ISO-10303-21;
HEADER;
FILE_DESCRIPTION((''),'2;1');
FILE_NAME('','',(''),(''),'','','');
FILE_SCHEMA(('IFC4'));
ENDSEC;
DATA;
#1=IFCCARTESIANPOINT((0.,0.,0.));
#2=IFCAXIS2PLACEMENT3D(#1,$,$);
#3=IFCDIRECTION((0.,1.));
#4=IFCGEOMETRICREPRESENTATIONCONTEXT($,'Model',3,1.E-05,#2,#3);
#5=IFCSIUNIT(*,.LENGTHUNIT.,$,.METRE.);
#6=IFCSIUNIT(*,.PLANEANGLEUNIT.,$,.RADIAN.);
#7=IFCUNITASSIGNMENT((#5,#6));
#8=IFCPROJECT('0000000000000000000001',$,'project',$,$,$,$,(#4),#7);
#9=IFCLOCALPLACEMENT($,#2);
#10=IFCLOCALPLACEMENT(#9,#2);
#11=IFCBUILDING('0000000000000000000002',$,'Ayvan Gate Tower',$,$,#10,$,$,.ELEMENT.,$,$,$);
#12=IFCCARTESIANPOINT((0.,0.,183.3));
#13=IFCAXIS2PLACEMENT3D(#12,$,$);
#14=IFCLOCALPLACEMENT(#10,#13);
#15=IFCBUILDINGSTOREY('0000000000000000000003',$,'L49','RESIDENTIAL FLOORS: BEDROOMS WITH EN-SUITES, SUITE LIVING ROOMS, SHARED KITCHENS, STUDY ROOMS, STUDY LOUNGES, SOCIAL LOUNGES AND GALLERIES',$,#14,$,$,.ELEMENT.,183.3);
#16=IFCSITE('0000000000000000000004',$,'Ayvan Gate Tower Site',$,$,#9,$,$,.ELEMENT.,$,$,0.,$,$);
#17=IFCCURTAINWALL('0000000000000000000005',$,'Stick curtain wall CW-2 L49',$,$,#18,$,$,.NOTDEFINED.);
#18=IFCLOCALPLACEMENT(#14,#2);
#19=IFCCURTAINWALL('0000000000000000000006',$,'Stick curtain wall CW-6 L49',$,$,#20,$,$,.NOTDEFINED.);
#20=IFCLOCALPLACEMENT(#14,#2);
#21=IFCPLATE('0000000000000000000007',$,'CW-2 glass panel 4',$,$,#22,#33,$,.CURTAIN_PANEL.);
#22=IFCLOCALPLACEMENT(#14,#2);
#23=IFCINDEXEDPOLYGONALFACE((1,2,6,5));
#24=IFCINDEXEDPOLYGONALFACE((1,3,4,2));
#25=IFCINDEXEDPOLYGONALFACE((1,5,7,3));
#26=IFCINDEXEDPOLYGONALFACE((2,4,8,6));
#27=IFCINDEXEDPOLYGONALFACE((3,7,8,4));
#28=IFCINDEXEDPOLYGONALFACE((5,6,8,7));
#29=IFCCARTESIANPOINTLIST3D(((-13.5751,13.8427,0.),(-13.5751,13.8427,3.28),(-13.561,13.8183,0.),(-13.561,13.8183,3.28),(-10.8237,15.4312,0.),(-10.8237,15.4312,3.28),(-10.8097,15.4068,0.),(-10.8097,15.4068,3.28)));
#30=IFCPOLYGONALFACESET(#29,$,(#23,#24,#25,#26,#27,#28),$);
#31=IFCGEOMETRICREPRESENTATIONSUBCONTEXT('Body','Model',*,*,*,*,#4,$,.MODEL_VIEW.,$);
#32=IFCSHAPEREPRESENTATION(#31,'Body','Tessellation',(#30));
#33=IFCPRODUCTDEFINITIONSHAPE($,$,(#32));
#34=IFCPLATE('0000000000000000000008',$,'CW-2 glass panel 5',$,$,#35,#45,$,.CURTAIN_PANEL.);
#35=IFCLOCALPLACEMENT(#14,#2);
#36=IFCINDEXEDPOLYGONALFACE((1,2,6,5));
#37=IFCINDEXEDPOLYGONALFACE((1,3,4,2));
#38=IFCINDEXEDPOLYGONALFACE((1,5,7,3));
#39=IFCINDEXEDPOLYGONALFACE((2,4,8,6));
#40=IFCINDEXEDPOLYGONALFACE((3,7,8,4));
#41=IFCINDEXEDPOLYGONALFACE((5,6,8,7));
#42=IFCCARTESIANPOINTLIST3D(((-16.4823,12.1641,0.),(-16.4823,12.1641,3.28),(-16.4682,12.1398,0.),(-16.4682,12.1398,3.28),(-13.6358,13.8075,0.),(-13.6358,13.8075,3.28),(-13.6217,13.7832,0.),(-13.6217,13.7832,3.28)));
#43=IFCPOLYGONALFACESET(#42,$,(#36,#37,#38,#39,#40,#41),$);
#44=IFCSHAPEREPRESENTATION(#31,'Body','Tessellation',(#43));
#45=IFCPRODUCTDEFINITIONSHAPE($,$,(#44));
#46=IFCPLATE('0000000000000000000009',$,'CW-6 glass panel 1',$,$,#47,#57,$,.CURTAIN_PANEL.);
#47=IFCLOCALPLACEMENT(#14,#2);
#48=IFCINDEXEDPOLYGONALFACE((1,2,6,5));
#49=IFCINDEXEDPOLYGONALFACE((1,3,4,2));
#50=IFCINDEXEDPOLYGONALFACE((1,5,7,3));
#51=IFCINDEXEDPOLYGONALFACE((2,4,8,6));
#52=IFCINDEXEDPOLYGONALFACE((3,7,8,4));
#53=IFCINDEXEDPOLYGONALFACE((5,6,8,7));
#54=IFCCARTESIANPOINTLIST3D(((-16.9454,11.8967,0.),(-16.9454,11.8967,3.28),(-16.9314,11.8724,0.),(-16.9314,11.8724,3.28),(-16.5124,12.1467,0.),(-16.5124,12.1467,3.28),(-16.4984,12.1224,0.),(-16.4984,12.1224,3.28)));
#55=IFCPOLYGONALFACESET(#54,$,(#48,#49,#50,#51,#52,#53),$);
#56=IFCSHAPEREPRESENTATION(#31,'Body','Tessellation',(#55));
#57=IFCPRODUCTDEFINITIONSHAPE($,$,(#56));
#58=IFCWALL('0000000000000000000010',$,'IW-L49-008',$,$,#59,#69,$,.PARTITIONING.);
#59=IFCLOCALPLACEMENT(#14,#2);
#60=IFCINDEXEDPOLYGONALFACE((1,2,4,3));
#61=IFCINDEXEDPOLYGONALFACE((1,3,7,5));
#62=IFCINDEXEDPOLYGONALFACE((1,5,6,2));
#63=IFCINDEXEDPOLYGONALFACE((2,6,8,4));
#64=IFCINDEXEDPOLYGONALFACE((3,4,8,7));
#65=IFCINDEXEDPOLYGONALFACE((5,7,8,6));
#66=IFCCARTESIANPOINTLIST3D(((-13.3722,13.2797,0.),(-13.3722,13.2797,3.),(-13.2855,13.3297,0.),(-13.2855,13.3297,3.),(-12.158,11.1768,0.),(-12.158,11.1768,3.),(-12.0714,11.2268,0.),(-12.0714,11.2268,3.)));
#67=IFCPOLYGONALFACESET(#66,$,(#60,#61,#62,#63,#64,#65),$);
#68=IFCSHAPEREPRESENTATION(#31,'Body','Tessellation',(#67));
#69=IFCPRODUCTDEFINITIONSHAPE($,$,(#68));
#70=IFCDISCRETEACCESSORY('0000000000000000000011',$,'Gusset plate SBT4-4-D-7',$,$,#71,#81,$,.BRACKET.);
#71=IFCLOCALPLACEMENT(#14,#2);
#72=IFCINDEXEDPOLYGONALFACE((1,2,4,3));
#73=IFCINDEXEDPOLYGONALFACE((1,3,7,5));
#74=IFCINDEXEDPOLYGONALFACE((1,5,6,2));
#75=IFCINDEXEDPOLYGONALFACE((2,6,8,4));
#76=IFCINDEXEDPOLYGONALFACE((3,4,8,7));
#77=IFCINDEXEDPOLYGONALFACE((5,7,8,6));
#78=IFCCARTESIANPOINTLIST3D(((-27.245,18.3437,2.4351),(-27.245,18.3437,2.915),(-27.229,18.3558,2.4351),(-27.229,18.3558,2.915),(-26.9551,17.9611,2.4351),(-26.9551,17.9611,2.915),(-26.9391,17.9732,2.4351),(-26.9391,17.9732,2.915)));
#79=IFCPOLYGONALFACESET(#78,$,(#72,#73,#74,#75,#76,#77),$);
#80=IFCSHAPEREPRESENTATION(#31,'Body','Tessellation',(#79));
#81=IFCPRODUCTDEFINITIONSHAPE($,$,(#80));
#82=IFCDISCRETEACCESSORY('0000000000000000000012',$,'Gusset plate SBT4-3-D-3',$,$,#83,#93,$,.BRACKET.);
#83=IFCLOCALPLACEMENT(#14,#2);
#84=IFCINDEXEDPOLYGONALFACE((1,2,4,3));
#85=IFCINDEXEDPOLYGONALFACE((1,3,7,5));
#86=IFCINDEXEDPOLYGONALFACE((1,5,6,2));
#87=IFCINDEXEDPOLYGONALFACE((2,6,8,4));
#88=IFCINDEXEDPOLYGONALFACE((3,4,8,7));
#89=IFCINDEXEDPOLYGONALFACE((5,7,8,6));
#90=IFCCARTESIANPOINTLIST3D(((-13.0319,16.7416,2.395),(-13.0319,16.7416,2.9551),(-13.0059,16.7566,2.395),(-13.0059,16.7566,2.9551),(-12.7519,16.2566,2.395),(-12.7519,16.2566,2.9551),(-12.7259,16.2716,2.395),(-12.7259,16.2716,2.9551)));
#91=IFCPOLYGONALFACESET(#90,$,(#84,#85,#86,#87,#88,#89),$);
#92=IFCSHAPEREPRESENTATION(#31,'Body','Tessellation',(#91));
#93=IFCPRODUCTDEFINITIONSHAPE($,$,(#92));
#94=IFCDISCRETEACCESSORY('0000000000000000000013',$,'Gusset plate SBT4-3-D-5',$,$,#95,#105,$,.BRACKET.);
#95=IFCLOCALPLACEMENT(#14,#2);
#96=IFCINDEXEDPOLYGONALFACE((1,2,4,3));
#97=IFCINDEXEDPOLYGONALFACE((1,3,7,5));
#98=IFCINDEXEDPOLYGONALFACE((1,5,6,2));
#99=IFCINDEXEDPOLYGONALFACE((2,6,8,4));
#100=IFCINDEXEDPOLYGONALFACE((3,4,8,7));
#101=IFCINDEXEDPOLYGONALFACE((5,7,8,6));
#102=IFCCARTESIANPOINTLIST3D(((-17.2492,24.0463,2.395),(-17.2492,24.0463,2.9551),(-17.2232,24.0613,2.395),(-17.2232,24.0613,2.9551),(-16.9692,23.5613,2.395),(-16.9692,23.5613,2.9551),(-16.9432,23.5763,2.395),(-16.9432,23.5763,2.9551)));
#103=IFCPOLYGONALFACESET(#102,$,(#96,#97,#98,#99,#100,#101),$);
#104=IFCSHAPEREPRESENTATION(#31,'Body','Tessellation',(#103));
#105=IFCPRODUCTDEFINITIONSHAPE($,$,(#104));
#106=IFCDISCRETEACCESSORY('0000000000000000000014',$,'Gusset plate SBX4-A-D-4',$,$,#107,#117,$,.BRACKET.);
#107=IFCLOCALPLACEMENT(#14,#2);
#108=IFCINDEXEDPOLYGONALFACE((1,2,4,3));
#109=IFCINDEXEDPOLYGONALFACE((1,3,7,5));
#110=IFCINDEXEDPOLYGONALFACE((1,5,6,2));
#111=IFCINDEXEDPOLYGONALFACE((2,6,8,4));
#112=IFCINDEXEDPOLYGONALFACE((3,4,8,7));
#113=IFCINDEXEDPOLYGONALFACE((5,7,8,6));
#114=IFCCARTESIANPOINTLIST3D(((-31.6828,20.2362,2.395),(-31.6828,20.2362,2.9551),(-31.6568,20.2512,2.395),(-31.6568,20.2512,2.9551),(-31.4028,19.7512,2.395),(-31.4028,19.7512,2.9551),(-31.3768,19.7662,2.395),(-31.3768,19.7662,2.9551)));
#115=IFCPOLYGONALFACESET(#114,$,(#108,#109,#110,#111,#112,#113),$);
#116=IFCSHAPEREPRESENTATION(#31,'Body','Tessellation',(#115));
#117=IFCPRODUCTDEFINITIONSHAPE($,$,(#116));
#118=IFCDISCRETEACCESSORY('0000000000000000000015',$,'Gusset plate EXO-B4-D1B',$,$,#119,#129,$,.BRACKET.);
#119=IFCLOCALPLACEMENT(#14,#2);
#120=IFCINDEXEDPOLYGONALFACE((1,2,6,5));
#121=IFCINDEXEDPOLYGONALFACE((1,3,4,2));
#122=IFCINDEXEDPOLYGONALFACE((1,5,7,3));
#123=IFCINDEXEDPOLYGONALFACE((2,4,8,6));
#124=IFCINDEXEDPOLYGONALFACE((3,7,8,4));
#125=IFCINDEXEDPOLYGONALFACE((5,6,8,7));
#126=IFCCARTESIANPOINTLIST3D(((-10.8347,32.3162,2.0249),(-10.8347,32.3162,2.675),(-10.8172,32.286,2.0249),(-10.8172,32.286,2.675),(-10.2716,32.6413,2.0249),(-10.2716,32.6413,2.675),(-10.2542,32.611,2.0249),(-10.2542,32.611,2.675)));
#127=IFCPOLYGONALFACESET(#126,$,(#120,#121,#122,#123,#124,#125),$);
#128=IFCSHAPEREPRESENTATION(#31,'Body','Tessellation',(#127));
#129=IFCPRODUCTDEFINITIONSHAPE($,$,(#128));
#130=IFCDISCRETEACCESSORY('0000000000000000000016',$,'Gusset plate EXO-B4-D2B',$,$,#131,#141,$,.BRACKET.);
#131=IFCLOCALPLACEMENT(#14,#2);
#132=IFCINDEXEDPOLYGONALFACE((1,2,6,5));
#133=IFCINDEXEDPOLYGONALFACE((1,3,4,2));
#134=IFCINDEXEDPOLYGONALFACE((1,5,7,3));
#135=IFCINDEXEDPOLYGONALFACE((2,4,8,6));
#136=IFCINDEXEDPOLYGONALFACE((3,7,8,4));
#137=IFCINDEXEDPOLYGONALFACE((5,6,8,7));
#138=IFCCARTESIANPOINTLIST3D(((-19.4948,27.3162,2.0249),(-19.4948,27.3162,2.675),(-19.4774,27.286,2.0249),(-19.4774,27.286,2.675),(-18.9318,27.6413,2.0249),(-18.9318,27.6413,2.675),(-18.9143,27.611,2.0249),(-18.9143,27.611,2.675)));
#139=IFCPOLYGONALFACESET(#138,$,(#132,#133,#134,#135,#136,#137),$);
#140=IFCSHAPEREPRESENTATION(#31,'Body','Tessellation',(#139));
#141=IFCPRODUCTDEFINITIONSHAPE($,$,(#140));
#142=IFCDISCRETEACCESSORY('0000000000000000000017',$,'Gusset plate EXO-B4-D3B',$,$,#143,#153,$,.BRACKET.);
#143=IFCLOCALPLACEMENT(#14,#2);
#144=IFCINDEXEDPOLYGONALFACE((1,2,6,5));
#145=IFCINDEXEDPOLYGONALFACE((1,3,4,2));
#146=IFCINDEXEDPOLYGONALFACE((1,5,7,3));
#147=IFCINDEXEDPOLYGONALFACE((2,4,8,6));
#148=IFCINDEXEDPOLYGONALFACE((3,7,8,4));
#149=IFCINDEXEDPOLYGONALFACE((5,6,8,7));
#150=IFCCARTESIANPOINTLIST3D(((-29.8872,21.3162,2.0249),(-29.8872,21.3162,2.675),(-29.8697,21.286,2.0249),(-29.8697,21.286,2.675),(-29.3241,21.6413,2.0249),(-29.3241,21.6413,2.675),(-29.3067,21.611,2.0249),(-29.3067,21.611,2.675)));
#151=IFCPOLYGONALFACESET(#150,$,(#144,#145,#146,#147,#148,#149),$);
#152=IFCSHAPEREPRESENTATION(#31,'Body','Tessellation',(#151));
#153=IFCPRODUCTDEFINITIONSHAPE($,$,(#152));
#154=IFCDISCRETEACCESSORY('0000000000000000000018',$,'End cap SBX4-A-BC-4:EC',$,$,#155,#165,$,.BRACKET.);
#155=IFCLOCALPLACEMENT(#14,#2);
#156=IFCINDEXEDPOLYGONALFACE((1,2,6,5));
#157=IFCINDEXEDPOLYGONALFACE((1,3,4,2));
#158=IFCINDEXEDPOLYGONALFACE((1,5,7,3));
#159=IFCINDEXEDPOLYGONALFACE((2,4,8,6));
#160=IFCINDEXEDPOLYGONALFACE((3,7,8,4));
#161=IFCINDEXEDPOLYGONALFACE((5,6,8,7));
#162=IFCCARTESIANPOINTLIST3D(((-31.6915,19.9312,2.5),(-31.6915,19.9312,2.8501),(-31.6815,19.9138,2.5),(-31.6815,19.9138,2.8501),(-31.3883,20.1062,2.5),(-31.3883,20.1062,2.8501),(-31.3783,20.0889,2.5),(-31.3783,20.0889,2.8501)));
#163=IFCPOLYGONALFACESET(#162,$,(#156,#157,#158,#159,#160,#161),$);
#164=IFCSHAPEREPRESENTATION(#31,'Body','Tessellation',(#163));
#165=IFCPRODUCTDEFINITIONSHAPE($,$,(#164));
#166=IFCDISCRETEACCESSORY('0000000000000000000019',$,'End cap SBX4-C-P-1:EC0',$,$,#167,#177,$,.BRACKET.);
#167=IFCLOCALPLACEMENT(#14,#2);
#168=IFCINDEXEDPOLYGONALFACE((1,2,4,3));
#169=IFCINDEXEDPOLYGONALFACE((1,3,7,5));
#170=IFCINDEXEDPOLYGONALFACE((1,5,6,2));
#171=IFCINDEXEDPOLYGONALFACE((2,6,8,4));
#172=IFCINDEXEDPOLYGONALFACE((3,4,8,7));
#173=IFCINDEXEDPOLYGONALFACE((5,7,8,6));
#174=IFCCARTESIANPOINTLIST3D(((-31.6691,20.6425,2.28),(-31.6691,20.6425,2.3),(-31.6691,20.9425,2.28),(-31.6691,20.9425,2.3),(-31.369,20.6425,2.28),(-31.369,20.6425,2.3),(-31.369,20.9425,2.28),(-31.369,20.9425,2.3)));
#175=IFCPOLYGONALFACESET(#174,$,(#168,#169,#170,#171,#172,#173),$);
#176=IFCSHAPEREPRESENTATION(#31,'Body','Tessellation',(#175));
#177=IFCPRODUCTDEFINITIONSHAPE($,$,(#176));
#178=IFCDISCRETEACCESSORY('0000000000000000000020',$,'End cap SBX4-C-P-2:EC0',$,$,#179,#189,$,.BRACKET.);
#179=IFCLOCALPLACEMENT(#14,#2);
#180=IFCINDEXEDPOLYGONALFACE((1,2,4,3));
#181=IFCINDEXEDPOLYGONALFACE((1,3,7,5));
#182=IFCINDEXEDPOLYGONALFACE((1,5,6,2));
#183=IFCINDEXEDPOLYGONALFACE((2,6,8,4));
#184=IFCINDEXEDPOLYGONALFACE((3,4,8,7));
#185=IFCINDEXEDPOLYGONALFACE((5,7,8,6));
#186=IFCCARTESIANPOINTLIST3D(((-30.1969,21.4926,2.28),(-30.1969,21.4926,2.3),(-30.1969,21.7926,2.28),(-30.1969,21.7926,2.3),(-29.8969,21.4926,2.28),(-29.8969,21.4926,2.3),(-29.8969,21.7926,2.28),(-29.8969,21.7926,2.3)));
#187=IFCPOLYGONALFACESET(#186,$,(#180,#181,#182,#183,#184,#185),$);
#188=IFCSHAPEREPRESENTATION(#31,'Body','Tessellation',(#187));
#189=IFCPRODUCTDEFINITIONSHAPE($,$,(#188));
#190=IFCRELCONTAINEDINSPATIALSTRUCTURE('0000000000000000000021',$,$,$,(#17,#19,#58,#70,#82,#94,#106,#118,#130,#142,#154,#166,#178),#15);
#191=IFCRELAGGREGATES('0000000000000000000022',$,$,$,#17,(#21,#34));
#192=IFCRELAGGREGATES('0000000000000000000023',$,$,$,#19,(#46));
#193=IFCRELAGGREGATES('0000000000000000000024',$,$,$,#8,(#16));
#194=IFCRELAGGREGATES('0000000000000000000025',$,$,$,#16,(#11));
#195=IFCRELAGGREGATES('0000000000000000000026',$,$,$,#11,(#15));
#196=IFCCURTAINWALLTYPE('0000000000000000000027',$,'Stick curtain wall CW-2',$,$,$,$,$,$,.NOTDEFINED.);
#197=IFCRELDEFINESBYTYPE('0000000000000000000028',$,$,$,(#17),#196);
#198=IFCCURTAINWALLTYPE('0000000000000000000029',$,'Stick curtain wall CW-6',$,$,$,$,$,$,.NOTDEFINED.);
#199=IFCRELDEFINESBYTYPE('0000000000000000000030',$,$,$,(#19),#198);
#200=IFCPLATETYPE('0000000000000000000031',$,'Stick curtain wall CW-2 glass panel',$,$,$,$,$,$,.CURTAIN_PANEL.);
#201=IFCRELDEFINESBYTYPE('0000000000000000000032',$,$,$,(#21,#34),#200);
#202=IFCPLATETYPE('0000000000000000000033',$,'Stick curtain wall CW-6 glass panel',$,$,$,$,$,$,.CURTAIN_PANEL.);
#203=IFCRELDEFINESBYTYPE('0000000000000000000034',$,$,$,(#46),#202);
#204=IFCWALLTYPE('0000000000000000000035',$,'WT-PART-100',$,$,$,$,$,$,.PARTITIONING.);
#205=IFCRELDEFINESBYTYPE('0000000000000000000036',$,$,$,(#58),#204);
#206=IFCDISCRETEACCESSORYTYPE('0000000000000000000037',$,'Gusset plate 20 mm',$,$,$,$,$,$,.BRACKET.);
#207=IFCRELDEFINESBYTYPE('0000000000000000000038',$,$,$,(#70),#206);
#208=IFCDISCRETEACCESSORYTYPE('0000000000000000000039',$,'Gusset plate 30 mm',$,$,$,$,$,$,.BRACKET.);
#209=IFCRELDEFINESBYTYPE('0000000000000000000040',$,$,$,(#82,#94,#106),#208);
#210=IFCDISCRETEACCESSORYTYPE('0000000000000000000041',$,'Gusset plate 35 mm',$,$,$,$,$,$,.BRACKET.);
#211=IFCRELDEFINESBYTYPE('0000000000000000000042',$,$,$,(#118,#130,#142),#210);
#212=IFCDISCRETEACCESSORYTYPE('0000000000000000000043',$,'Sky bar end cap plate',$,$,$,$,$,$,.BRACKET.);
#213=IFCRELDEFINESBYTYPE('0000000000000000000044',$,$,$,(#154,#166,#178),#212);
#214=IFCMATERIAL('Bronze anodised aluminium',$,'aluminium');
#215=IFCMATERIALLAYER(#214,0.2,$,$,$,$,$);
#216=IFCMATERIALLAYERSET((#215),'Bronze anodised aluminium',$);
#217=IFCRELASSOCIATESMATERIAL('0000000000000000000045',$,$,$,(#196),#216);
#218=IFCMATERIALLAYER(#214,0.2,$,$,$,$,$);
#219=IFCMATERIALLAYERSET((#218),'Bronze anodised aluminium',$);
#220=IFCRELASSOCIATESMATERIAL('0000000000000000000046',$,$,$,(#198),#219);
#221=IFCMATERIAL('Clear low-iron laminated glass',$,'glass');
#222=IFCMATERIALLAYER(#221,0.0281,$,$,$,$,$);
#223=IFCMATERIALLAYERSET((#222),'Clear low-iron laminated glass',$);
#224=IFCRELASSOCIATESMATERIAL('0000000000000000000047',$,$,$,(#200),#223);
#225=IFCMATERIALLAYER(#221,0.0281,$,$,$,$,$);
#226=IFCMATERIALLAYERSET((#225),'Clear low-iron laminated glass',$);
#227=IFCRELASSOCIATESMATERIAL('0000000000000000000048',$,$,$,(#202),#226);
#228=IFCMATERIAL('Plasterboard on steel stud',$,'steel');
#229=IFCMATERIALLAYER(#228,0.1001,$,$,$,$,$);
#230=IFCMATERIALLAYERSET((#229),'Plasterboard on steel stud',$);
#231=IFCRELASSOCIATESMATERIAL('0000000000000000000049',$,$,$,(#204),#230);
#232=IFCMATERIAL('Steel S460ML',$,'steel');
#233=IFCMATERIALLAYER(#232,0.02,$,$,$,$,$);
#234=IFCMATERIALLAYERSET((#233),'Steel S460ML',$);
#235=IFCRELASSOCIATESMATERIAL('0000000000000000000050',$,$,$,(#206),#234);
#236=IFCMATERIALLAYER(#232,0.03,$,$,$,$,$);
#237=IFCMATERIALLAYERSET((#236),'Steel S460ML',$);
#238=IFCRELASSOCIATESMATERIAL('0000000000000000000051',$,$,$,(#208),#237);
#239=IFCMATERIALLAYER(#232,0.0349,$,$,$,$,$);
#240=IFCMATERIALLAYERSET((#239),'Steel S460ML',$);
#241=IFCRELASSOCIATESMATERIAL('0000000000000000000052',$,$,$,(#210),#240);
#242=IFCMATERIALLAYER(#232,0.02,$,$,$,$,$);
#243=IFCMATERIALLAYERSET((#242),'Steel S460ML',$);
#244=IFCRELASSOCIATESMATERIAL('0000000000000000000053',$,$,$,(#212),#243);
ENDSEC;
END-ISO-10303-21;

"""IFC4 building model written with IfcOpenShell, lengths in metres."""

from ifc_helpers import new_model, si_unit, direction, frame, frame_2d, origin, origin_2d, place, context, subcontext, project, spatial, rectangle, extrude, material, layer, layer_set, type_object, element, aggregate, save


model = new_model("IFC4")

# Units and contexts
model_context = context("Model", 3, precision=1e-05, world=origin(), true_north=direction((0.0, 1.0)))
body_context = subcontext(model_context, "Body", "Model", "MODEL_VIEW")
ifc_project = project(units=[si_unit("LENGTHUNIT", "METRE"), si_unit("PLANEANGLEUNIT", "RADIAN")], contexts=[model_context])

# Site, building, storey
site_placement = place(None, origin())
site = spatial("IfcSite", under=ifc_project, at=site_placement, Name="Ayvan Gate Tower Site", CompositionType="ELEMENT", RefElevation=0.0)
building_placement = place(site_placement, origin())
building = spatial("IfcBuilding", under=site, at=building_placement, Name="Ayvan Gate Tower", CompositionType="ELEMENT")
storey_placement = place(building_placement, frame((0.0, 0.0, 183.3)))
storey = spatial("IfcBuildingStorey", under=building, at=storey_placement, Name="L49", Description="RESIDENTIAL FLOORS: BEDROOMS WITH EN-SUITES, SUITE LIVING ROOMS, SHARED KITCHENS, STUDY ROOMS, STUDY LOUNGES, SOCIAL LOUNGES AND GALLERIES", CompositionType="ELEMENT", Elevation=183.3)

# Curtain wall
ifc_material_1 = material(Name="Bronze anodised aluminium", Category="aluminium")
ifc_layer_1 = layer(ifc_material_1, 0.2)
ifc_layer_set_1 = layer_set([ifc_layer_1], Name="Bronze anodised aluminium")
curtain_wall_type_1 = type_object("IfcCurtainWallType", Name="Stick curtain wall CW-2", PredefinedType="NOTDEFINED", material=ifc_layer_set_1)
curtain_wall_1_placement = place(storey_placement, origin())
curtain_wall_1 = element("IfcCurtainWall", 1, at=curtain_wall_1_placement, inside=storey, type_object=curtain_wall_type_1, Name="Stick curtain wall CW-2 L49", PredefinedType="NOTDEFINED")

# Curtain wall
ifc_layer_2 = layer(ifc_material_1, 0.2)
ifc_layer_set_2 = layer_set([ifc_layer_2], Name="Bronze anodised aluminium")
curtain_wall_type_2 = type_object("IfcCurtainWallType", Name="Stick curtain wall CW-6", PredefinedType="NOTDEFINED", material=ifc_layer_set_2)
curtain_wall_2_placement = place(storey_placement, origin())
curtain_wall_2 = element("IfcCurtainWall", 2, at=curtain_wall_2_placement, inside=storey, type_object=curtain_wall_type_2, Name="Stick curtain wall CW-6 L49", PredefinedType="NOTDEFINED")

# Plates
ifc_material_2 = material(Name="Clear low-iron laminated glass", Category="glass")
ifc_layer_3 = layer(ifc_material_2, 0.0281)
ifc_layer_set_3 = layer_set([ifc_layer_3], Name="Clear low-iron laminated glass")
plate_type_1 = type_object("IfcPlateType", Name="Stick curtain wall CW-2 glass panel", PredefinedType="CURTAIN_PANEL", material=ifc_layer_set_3)
plate_1_placement = place(storey_placement, frame((-12.1924, 14.6248, 0.0), z_axis=(0.0, 0.0, 1.0), x_axis=(-0.866025, -0.5, 0.0)))
plate_1 = element("IfcPlate", 3, at=plate_1_placement, type_object=plate_type_1, Name="CW-2 glass panel 4", PredefinedType="CURTAIN_PANEL", context=body_context, shape_type="SweptSolid", body=[
    extrude(rectangle(XDim=3.177, YDim=0.0281, at=origin_2d()), origin(), (0.0, 0.0, 1.0), 3.28),
])
plate_2_placement = place(storey_placement, frame((-15.052, 12.9736, 0.0), z_axis=(0.0, 0.0, 1.0), x_axis=(-0.866025, -0.5, 0.0)))
plate_2 = element("IfcPlate", 4, at=plate_2_placement, type_object=plate_type_1, Name="CW-2 glass panel 5", PredefinedType="CURTAIN_PANEL", context=body_context, shape_type="SweptSolid", body=[
    extrude(rectangle(XDim=3.2869, YDim=0.0281, at=origin_2d()), origin(), (0.0, 0.0, 1.0), 3.28),
])
aggregate(curtain_wall_1, [plate_1, plate_2])
ifc_layer_4 = layer(ifc_material_2, 0.0281)
ifc_layer_set_4 = layer_set([ifc_layer_4], Name="Clear low-iron laminated glass")
plate_type_2 = type_object("IfcPlateType", Name="Stick curtain wall CW-6 glass panel", PredefinedType="CURTAIN_PANEL", material=ifc_layer_set_4)
plate_3_placement = place(storey_placement, frame((-16.7219, 12.0095, 0.0), z_axis=(0.0, 0.0, 1.0), x_axis=(-0.866025, -0.5, 0.0)))
plate_3 = element("IfcPlate", 5, at=plate_3_placement, type_object=plate_type_2, Name="CW-6 glass panel 1", PredefinedType="CURTAIN_PANEL", context=body_context, shape_type="SweptSolid", body=[
    extrude(rectangle(XDim=0.5, YDim=0.0281, at=origin_2d()), origin(), (0.0, 0.0, 1.0), 3.28),
])
aggregate(curtain_wall_2, [plate_3])

# Wall
ifc_material_3 = material(Name="Plasterboard on steel stud", Category="steel")
ifc_layer_5 = layer(ifc_material_3, 0.1001)
ifc_layer_set_5 = layer_set([ifc_layer_5], Name="Plasterboard on steel stud")
wall_type = type_object("IfcWallType", Name="WT-PART-100", PredefinedType="PARTITIONING", material=ifc_layer_set_5)
wall_placement = place(storey_placement, frame((-13.3289, 13.3047, 0.0), z_axis=(0.0, 0.0, 1.0), x_axis=(0.500021, -0.866013, 0.0)))
element("IfcWall", 6, at=wall_placement, inside=storey, type_object=wall_type, Name="IW-L49-008", PredefinedType="PARTITIONING", context=body_context, shape_type="SweptSolid", body=[
    extrude(rectangle(XDim=2.4282, YDim=0.1001, at=frame_2d((1.2141, 0.0))), origin(), (0.0, 0.0, 1.0), 3.0),
])

# Discrete accessories
ifc_material_4 = material(Name="Steel S460ML", Category="steel")
ifc_layer_6 = layer(ifc_material_4, 0.02)
ifc_layer_set_6 = layer_set([ifc_layer_6], Name="Steel S460ML")
discrete_accessory_type_1 = type_object("IfcDiscreteAccessoryType", Name="Gusset plate 20 mm", PredefinedType="BRACKET", material=ifc_layer_set_6)
discrete_accessory_1_placement = place(storey_placement, frame((-27.092, 18.1584, 2.4351), z_axis=(0.0, 0.0, 1.0), x_axis=(-0.604022, 0.796968, 0.0)))
element("IfcDiscreteAccessory", 7, at=discrete_accessory_1_placement, inside=storey, type_object=discrete_accessory_type_1, Name="Gusset plate SBT4-4-D-7", PredefinedType="BRACKET", context=body_context, shape_type="SweptSolid", body=[
    extrude(rectangle(XDim=0.48, YDim=0.02, at=origin_2d()), origin(), (0.0, 0.0, 1.0), 0.48),
])
ifc_layer_7 = layer(ifc_material_4, 0.03)
ifc_layer_set_7 = layer_set([ifc_layer_7], Name="Steel S460ML")
discrete_accessory_type_2 = type_object("IfcDiscreteAccessoryType", Name="Gusset plate 30 mm", PredefinedType="BRACKET", material=ifc_layer_set_7)
for number, where, z_axis, x_axis, name in (
    (8, (-12.8789, 16.5066, 2.395), (0.0, 0.0, 1.0), (-0.5, 0.866025, 0.0), "Gusset plate SBT4-3-D-3"),
    (9, (-17.0962, 23.8113, 2.395), (0.0, 0.0, 1.0), (-0.5, 0.866025, 0.0), "Gusset plate SBT4-3-D-5"),
    (10, (-31.5298, 20.0012, 2.395), (0.0, 0.0, 1.0), (-0.5, 0.866025, 0.0), "Gusset plate SBX4-A-D-4"),
):
    element("IfcDiscreteAccessory", number, at=place(storey_placement, frame(where, z_axis=z_axis, x_axis=x_axis)), inside=storey, type_object=discrete_accessory_type_2, Name=name, PredefinedType="BRACKET", context=body_context, shape_type="SweptSolid", body=[
        extrude(rectangle(XDim=0.5601, YDim=0.03, at=origin_2d()), origin(), (0.0, 0.0, 1.0), 0.5601),
    ])
ifc_layer_8 = layer(ifc_material_4, 0.0349)
ifc_layer_set_8 = layer_set([ifc_layer_8], Name="Steel S460ML")
discrete_accessory_type_3 = type_object("IfcDiscreteAccessoryType", Name="Gusset plate 35 mm", PredefinedType="BRACKET", material=ifc_layer_set_8)
for number, where, z_axis, x_axis, name in (
    (11, (-10.5444, 32.4636, 2.0249), (0.0, 0.0, 1.0), (0.866025, 0.5, 0.0), "Gusset plate EXO-B4-D1B"),
    (12, (-19.2046, 27.4636, 2.0249), (0.0, 0.0, 1.0), (0.866025, 0.5, 0.0), "Gusset plate EXO-B4-D2B"),
    (13, (-29.5969, 21.4636, 2.0249), (0.0, 0.0, 1.0), (0.866025, 0.5, 0.0), "Gusset plate EXO-B4-D3B"),
):
    element("IfcDiscreteAccessory", number, at=place(storey_placement, frame(where, z_axis=z_axis, x_axis=x_axis)), inside=storey, type_object=discrete_accessory_type_3, Name=name, PredefinedType="BRACKET", context=body_context, shape_type="SweptSolid", body=[
        extrude(rectangle(XDim=0.6501, YDim=0.0349, at=origin_2d()), origin(), (0.0, 0.0, 1.0), 0.6501),
    ])
ifc_layer_9 = layer(ifc_material_4, 0.02)
ifc_layer_set_9 = layer_set([ifc_layer_9], Name="Steel S460ML")
discrete_accessory_type_4 = type_object("IfcDiscreteAccessoryType", Name="Sky bar end cap plate", PredefinedType="BRACKET", material=ifc_layer_set_9)
discrete_accessory_2_placement = place(storey_placement, frame((-31.5349, 20.01, 2.5), z_axis=(0.0, 0.0, 1.0), x_axis=(-0.5, 0.866025, 0.0)))
element("IfcDiscreteAccessory", 14, at=discrete_accessory_2_placement, inside=storey, type_object=discrete_accessory_type_4, Name="End cap SBX4-A-BC-4:EC", PredefinedType="BRACKET", context=body_context, shape_type="SweptSolid", body=[
    extrude(rectangle(XDim=0.02, YDim=0.3501, at=origin_2d()), origin(), (0.0, 0.0, 1.0), 0.3501),
])
for number, where, z_axis, x_axis, name in (
    (15, (-31.519, 20.7925, 2.28), (0.0, 0.0, 1.0), (1.0, 0.0, 0.0), "End cap SBX4-C-P-1:EC0"),
    (16, (-30.0469, 21.6426, 2.28), (0.0, 0.0, 1.0), (1.0, 0.0, 0.0), "End cap SBX4-C-P-2:EC0"),
):
    element("IfcDiscreteAccessory", number, at=place(storey_placement, frame(where, z_axis=z_axis, x_axis=x_axis)), inside=storey, type_object=discrete_accessory_type_4, Name=name, PredefinedType="BRACKET", context=body_context, shape_type="SweptSolid", body=[
        extrude(rectangle(XDim=0.3, YDim=0.3, at=origin_2d()), origin(), (0.0, 0.0, 1.0), 0.02),
    ])

save(model, "model.ifc")
